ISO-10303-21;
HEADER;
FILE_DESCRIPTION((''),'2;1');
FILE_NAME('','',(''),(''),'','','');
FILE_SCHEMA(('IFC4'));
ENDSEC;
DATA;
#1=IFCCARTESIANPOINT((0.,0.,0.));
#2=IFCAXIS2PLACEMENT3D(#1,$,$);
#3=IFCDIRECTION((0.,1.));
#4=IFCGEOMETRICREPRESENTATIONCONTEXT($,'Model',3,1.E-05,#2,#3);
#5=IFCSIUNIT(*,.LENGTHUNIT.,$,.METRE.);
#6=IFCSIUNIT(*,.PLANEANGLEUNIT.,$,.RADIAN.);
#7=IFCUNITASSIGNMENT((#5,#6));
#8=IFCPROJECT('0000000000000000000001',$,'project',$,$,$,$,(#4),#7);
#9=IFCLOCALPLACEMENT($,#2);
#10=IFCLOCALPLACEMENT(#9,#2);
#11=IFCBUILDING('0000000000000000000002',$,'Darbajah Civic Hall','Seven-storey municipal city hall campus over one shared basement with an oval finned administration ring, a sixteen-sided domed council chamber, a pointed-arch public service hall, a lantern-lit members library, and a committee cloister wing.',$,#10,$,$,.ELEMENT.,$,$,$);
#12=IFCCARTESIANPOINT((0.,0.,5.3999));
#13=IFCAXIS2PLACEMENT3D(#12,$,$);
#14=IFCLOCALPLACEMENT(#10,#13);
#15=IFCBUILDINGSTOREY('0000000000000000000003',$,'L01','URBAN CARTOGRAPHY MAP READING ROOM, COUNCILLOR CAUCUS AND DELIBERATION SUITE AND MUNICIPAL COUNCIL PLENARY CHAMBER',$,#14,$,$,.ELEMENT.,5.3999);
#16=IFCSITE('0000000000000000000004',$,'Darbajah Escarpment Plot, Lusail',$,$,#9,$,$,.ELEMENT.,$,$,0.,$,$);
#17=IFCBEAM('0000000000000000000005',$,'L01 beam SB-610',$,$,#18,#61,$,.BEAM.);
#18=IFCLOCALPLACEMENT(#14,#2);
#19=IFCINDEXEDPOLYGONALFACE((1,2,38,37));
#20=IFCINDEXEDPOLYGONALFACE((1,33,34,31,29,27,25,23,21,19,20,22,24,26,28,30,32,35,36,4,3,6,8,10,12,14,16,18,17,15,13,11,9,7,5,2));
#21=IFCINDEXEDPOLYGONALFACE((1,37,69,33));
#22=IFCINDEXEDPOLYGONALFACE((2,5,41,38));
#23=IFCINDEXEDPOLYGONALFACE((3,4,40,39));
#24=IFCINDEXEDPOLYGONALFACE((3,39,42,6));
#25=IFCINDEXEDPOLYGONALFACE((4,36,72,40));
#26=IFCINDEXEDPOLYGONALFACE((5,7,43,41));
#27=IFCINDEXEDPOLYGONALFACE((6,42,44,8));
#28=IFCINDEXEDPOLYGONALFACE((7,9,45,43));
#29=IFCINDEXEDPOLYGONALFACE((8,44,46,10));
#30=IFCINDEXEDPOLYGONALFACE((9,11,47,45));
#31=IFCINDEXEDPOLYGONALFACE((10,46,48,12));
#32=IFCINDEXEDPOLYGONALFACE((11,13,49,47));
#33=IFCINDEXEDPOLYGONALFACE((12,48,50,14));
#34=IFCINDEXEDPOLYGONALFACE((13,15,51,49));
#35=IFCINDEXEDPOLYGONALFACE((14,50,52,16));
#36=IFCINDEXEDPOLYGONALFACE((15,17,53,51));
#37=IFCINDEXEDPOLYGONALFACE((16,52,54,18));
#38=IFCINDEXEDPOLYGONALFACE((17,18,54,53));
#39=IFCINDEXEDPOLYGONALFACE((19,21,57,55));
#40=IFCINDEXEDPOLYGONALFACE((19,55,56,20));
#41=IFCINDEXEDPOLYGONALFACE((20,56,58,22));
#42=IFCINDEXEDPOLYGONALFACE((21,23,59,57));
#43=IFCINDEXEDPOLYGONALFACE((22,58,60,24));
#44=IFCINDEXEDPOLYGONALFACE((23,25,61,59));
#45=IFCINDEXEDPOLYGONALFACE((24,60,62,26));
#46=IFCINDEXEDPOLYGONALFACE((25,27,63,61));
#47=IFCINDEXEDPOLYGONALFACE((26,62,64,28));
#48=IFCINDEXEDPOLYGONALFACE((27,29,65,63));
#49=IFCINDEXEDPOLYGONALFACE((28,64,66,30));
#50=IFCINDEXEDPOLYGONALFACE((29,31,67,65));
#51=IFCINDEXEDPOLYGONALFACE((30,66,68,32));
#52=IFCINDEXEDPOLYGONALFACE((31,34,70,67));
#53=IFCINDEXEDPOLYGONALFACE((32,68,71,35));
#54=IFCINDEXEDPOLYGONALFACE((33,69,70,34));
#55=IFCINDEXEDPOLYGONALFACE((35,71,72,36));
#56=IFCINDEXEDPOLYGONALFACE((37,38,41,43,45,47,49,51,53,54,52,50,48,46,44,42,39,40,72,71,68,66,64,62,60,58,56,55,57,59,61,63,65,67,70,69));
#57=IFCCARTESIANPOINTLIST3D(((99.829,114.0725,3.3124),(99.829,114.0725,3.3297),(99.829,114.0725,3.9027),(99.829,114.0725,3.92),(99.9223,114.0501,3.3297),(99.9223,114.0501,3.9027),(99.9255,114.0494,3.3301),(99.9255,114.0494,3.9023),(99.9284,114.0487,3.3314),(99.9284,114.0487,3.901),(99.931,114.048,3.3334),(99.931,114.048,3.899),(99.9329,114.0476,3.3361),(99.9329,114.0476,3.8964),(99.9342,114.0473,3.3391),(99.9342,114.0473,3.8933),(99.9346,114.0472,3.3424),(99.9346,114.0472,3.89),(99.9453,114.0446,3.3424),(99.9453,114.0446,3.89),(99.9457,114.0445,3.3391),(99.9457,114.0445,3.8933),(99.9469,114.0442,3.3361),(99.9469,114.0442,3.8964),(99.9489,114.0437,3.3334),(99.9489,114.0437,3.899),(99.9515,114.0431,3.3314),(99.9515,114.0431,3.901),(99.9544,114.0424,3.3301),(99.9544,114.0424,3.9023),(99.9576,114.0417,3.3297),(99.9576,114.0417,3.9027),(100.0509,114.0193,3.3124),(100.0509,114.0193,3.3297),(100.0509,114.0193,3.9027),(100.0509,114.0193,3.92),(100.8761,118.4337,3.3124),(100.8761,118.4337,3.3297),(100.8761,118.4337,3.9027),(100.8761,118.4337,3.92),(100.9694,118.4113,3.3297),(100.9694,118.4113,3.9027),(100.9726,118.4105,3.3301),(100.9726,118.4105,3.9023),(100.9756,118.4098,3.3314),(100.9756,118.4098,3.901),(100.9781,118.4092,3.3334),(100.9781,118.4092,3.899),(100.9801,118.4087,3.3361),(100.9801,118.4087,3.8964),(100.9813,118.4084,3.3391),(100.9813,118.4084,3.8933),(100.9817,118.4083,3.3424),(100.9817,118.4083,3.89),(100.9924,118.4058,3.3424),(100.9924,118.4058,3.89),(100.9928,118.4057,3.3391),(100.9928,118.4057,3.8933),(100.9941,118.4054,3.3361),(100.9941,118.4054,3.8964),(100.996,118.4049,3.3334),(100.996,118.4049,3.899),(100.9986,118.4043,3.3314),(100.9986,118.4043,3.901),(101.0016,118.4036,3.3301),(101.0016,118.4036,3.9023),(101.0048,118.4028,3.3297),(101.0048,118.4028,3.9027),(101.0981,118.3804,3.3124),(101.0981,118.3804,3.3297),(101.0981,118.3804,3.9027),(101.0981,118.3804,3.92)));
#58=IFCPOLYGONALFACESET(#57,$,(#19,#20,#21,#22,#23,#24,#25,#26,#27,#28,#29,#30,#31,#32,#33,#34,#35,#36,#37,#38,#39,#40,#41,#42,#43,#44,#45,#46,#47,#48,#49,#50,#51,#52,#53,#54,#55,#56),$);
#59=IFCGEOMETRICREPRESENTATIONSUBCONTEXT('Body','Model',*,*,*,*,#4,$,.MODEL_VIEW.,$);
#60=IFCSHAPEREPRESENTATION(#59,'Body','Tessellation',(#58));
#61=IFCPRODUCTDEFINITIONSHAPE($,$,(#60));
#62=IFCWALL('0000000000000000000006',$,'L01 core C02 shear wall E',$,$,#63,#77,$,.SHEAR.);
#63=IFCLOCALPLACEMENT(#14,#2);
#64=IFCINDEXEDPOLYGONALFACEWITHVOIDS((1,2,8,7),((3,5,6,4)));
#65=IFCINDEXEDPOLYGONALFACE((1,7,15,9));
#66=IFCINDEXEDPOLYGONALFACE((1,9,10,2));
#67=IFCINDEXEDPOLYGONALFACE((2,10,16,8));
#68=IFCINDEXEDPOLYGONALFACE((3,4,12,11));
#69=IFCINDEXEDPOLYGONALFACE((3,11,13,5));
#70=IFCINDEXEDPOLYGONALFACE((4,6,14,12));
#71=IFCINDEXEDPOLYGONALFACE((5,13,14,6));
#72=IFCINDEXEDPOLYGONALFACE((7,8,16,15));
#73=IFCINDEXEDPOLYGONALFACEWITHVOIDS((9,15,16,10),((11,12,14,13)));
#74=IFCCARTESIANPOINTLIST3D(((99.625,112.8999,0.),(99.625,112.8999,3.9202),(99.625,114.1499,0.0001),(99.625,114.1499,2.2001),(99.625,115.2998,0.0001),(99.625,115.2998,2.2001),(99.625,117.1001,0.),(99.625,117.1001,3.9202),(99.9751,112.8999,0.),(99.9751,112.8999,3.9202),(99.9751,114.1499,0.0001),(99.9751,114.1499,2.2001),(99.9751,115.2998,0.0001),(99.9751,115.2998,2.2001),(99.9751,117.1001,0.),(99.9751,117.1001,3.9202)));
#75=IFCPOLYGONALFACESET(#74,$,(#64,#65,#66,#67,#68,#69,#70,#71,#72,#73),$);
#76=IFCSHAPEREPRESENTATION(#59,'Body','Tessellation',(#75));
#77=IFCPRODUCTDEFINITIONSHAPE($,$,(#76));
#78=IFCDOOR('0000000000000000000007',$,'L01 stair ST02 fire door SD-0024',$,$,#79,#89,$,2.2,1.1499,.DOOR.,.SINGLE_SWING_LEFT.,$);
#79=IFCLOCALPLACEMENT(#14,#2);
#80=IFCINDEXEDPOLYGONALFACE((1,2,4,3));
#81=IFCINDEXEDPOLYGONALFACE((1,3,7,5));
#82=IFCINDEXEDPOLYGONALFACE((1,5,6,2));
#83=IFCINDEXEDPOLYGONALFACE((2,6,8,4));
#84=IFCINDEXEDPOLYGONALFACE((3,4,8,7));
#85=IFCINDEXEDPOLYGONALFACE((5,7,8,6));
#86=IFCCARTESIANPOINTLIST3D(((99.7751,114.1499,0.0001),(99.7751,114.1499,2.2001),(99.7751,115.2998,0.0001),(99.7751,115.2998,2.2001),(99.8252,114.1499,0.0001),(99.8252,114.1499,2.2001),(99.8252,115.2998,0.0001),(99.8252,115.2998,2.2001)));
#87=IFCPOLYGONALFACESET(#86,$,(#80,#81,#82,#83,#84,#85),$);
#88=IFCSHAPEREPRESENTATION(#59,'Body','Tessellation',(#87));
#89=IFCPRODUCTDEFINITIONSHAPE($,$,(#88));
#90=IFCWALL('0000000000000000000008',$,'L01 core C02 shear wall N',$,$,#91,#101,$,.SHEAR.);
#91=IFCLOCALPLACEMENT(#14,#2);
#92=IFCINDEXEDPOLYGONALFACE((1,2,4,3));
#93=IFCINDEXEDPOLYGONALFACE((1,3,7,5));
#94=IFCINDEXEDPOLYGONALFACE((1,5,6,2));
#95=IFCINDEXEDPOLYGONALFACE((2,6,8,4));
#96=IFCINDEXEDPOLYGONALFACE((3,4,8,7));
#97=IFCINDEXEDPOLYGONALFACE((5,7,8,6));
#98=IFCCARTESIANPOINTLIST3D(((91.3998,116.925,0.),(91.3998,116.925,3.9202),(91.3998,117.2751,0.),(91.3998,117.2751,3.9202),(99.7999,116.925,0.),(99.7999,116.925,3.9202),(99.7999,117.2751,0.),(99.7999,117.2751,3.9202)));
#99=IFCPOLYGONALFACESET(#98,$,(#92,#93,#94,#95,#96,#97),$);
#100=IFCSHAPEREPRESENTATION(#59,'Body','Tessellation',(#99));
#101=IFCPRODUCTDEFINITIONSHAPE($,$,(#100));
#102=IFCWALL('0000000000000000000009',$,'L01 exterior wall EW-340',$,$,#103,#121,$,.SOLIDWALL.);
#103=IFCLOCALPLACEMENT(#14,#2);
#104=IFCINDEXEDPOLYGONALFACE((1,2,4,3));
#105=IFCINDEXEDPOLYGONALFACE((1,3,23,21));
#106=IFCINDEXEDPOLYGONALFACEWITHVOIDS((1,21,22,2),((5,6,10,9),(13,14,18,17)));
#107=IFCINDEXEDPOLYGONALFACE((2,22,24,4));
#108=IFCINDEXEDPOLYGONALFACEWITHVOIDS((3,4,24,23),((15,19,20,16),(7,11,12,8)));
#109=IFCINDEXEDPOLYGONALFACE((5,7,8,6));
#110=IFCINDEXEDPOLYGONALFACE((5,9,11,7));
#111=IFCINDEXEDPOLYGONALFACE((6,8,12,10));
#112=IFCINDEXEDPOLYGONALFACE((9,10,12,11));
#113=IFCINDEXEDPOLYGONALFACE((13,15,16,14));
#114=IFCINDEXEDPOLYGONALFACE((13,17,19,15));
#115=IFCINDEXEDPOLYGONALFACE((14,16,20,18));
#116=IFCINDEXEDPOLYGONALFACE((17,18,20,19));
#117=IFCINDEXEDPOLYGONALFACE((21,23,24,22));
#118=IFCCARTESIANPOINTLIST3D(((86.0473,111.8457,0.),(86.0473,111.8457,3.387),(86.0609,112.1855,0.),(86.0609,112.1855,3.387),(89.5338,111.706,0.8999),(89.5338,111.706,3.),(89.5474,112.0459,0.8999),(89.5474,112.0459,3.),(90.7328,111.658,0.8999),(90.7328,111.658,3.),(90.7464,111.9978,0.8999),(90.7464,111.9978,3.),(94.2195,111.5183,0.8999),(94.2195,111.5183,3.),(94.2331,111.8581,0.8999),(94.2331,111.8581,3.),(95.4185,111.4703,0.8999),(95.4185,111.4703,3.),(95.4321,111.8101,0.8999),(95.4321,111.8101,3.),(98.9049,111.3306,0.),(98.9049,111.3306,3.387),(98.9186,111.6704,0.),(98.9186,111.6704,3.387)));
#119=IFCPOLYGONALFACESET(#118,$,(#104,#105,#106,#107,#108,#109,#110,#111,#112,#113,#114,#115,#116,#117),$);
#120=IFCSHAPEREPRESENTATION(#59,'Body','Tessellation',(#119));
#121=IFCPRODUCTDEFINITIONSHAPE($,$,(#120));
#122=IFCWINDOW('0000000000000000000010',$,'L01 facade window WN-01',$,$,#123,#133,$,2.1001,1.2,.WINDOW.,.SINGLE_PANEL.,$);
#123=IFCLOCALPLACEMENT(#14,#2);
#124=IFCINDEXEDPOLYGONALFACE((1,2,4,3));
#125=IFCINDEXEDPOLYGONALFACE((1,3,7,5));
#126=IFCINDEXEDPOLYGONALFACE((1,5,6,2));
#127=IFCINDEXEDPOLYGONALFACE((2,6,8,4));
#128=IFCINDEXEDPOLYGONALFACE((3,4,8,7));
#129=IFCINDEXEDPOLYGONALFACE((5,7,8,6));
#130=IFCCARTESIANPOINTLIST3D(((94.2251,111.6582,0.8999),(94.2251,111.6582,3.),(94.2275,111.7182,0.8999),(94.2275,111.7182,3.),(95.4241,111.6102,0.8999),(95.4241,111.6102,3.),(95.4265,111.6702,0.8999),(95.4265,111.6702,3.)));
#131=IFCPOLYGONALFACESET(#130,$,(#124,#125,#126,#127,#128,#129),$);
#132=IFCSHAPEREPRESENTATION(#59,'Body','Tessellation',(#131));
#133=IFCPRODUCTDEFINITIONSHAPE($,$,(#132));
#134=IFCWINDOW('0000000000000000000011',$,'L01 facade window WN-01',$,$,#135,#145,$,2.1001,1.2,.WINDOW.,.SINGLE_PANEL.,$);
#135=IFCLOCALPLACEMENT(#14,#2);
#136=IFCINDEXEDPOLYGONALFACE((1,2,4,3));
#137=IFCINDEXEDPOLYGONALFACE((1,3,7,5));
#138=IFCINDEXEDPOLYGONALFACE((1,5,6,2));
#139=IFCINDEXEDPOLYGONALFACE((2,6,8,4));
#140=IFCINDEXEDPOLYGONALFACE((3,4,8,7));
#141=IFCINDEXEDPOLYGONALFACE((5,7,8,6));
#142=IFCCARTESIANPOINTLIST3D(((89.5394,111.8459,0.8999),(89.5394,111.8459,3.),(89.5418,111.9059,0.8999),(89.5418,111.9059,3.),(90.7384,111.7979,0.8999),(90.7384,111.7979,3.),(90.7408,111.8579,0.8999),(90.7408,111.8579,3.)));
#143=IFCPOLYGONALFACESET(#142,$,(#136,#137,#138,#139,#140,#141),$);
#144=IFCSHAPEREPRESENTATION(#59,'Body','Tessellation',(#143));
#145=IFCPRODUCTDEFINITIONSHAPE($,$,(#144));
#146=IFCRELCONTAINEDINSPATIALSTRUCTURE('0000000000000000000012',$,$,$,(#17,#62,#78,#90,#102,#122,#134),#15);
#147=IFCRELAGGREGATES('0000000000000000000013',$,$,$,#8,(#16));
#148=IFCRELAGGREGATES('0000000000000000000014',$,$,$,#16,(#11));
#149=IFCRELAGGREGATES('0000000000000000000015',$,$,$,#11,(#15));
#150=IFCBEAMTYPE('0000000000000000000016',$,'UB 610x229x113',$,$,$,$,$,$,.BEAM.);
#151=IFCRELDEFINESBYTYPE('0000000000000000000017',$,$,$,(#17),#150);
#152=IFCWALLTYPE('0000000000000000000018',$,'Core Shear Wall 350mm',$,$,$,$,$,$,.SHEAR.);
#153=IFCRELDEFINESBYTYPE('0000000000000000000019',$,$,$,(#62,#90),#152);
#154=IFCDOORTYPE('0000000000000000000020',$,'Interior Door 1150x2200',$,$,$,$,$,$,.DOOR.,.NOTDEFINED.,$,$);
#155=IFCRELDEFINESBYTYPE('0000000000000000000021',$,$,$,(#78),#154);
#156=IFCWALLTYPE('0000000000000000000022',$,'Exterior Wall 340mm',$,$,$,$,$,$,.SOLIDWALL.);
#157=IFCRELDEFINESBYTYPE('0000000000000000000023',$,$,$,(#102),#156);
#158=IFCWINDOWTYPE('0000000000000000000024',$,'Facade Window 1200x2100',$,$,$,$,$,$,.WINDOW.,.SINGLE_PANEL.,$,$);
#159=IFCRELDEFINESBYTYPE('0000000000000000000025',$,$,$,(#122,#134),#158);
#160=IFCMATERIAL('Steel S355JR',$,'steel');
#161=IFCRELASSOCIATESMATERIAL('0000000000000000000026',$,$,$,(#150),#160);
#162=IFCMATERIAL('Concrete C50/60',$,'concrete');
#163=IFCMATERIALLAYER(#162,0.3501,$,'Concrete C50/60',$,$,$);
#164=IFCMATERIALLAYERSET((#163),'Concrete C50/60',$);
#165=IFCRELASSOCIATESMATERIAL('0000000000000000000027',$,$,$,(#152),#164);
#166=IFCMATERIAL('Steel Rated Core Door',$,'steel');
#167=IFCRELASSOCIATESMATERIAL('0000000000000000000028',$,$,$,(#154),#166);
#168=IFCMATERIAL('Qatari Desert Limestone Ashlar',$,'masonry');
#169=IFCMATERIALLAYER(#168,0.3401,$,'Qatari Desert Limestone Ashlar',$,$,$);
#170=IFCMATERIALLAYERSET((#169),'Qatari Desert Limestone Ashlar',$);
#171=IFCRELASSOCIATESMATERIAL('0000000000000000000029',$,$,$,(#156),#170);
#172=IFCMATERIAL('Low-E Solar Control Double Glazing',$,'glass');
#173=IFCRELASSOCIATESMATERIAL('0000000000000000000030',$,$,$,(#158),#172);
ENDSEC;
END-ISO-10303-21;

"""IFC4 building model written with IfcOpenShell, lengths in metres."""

from ifc_helpers import new_model, si_unit, direction, frame, frame_2d, origin, origin_2d, place, context, subcontext, project, spatial, rectangle, i_section, extrude, material, layer, layer_set, material_profile, profile_set, type_object, element, fill, save


model = new_model("IFC4")

# Units and contexts
model_context = context("Model", 3, precision=1e-05, world=origin(), true_north=direction((0.0, 1.0)))
body_context = subcontext(model_context, "Body", "Model", "MODEL_VIEW")
ifc_project = project(units=[si_unit("LENGTHUNIT", "METRE"), si_unit("PLANEANGLEUNIT", "RADIAN")], contexts=[model_context])

# Site, building, storey
site_placement = place(None, origin())
site = spatial("IfcSite", under=ifc_project, at=site_placement, Name="Darbajah Escarpment Plot, Lusail", CompositionType="ELEMENT", RefElevation=0.0)
building_placement = place(site_placement, origin())
building = spatial("IfcBuilding", under=site, at=building_placement, Name="Darbajah Civic Hall", Description="Seven-storey municipal city hall campus over one shared basement with an oval finned administration ring, a sixteen-sided domed council chamber, a pointed-arch public service hall, a lantern-lit members library, and a committee cloister wing.", CompositionType="ELEMENT")
storey_placement = place(building_placement, frame((0.0, 0.0, 5.3999)))
storey = spatial("IfcBuildingStorey", under=building, at=storey_placement, Name="L01", Description="URBAN CARTOGRAPHY MAP READING ROOM, COUNCILLOR CAUCUS AND DELIBERATION SUITE AND MUNICIPAL COUNCIL PLENARY CHAMBER", CompositionType="ELEMENT", Elevation=5.3999)

# Shared definitions
ifc_material_1 = material(Name="Concrete C50/60", Category="concrete")

# Beam
ifc_material_2 = material(Name="Steel S355JR", Category="steel")
ifc_material_profile_1 = material_profile(ifc_material_2, i_section(OverallWidth=0.2283, OverallDepth=0.6077, WebThickness=0.011, FlangeThickness=0.0173, FilletRadius=0.0127, at=origin_2d()), Name="UB 610x229x113")
ifc_profile_set_1 = profile_set([ifc_material_profile_1], Name="Steel S355JR")
beam_type_1 = type_object("IfcBeamType", Name="UB 610x229x113", PredefinedType="BEAM", material=ifc_profile_set_1)
beam_1_placement = place(storey_placement, frame((99.9399, 114.0459, 3.6162), z_axis=(0.23347, 0.972364, 0.0), x_axis=(-0.972364, 0.23347, 0.0)))
element("IfcBeam", 1, at=beam_1_placement, inside=storey, type_object=beam_type_1, Name="L01 beam SB-610", PredefinedType="BEAM", context=body_context, shape_type="SweptSolid", body=[
    extrude(i_section(OverallWidth=0.2283, OverallDepth=0.6077, WebThickness=0.011, FlangeThickness=0.0173, FilletRadius=0.0127, at=origin_2d()), origin(), (0.0, 0.0, 1.0), 4.4851),
])

# Wall, opening, door
ifc_layer_1 = layer(ifc_material_1, 0.3501, Name="Concrete C50/60")
ifc_layer_set_1 = layer_set([ifc_layer_1], Name="Concrete C50/60")
wall_type_1 = type_object("IfcWallType", Name="Core Shear Wall 350mm", PredefinedType="SHEAR", material=ifc_layer_set_1)
wall_1_placement = place(storey_placement, frame((99.8, 112.8999, 0.0), z_axis=(0.0, 0.0, 1.0), x_axis=(0.0, 1.0, 0.0)))
wall_1 = element("IfcWall", 2, at=wall_1_placement, inside=storey, type_object=wall_type_1, Name="L01 core C02 shear wall E", PredefinedType="SHEAR", context=body_context, shape_type="SweptSolid", body=[
    extrude(rectangle(XDim=4.2002, YDim=0.3501, at=frame_2d((2.1001, 0.0))), origin(), (0.0, 0.0, 1.0), 3.9202),
])
opening_1_placement = place(wall_1_placement, frame((1.25, 0.0, 0.0)))
opening_1 = element("IfcOpeningElement", 3, at=opening_1_placement, cuts=wall_1, PredefinedType="OPENING", context=body_context, shape_type="SweptSolid", body=[
    extrude(rectangle(XDim=1.1499, YDim=2.2, at=frame_2d((0.575, 1.1001))), frame((0.0, 0.1851, 0.0), z_axis=(0.0, -1.0, 0.0), x_axis=(1.0, 0.0, 0.0)), (0.0, 0.0, 1.0), 0.3701),
])
ifc_material_3 = material(Name="Steel Rated Core Door", Category="steel")
door_type_1 = type_object("IfcDoorType", Name="Interior Door 1150x2200", OperationType="NOTDEFINED", PredefinedType="DOOR", material=ifc_material_3)
door_1_placement = place(opening_1_placement, origin())
door_1 = element("IfcDoor", 4, at=door_1_placement, inside=storey, type_object=door_type_1, Name="L01 stair ST02 fire door SD-0024", OperationType="SINGLE_SWING_LEFT", OverallHeight=2.2, OverallWidth=1.1499, PredefinedType="DOOR", context=body_context, shape_type="SweptSolid", body=[
    extrude(rectangle(XDim=1.1499, YDim=2.2, at=frame_2d((0.575, 1.1001))), frame((0.0, 0.0249, 0.0), z_axis=(0.0, -1.0, 0.0), x_axis=(1.0, 0.0, 0.0)), (0.0, 0.0, 1.0), 0.05),
])
fill(opening_1, door_1)

# Wall
wall_2_placement = place(storey_placement, frame((99.8, 117.1001, 0.0), z_axis=(0.0, 0.0, 1.0), x_axis=(-1.0, 0.0, 0.0)))
element("IfcWall", 5, at=wall_2_placement, inside=storey, type_object=wall_type_1, Name="L01 core C02 shear wall N", PredefinedType="SHEAR", context=body_context, shape_type="SweptSolid", body=[
    extrude(rectangle(XDim=8.4001, YDim=0.3501, at=frame_2d((4.2002, 0.0))), origin(), (0.0, 0.0, 1.0), 3.9202),
])

# Wall, openings, windows
ifc_material_4 = material(Name="Qatari Desert Limestone Ashlar", Category="masonry")
ifc_layer_2 = layer(ifc_material_4, 0.3401, Name="Qatari Desert Limestone Ashlar")
ifc_layer_set_2 = layer_set([ifc_layer_2], Name="Qatari Desert Limestone Ashlar")
wall_type_2 = type_object("IfcWallType", Name="Exterior Wall 340mm", PredefinedType="SOLIDWALL", material=ifc_layer_set_2)
wall_3_placement = place(storey_placement, frame((98.9119, 111.5005, 0.0), z_axis=(0.0, 0.0, 1.0), x_axis=(-0.999198, 0.040032, 0.0)))
wall_3 = element("IfcWall", 6, at=wall_3_placement, inside=storey, type_object=wall_type_2, Name="L01 exterior wall EW-340", PredefinedType="SOLIDWALL", context=body_context, shape_type="SweptSolid", body=[
    extrude(rectangle(XDim=12.8679, YDim=0.3401, at=frame_2d((6.4341, 0.0))), origin(), (0.0, 0.0, 1.0), 3.387),
])
opening_2_placement = place(wall_3_placement, frame((3.4893, 0.0, 0.8999)))
opening_2 = element("IfcOpeningElement", 7, at=opening_2_placement, cuts=wall_3, PredefinedType="OPENING", context=body_context, shape_type="SweptSolid", body=[
    extrude(rectangle(XDim=1.2, YDim=2.1001, at=frame_2d((0.6001, 1.05))), frame((0.0, 0.1799, 0.0), z_axis=(0.0, -1.0, 0.0), x_axis=(1.0, 0.0, 0.0)), (0.0, 0.0, 1.0), 0.3601),
])
opening_3_placement = place(wall_3_placement, frame((8.1787, 0.0, 0.8999)))
opening_3 = element("IfcOpeningElement", 8, at=opening_3_placement, cuts=wall_3, PredefinedType="OPENING", context=body_context, shape_type="SweptSolid", body=[
    extrude(rectangle(XDim=1.2, YDim=2.1001, at=frame_2d((0.6001, 1.05))), frame((0.0, 0.1799, 0.0), z_axis=(0.0, -1.0, 0.0), x_axis=(1.0, 0.0, 0.0)), (0.0, 0.0, 1.0), 0.3601),
])
ifc_material_5 = material(Name="Low-E Solar Control Double Glazing", Category="glass")
window_type = type_object("IfcWindowType", Name="Facade Window 1200x2100", PartitioningType="SINGLE_PANEL", PredefinedType="WINDOW", material=ifc_material_5)
window_1_placement = place(opening_2_placement, origin())
window_1 = element("IfcWindow", 9, at=window_1_placement, inside=storey, type_object=window_type, Name="L01 facade window WN-01", OverallHeight=2.1001, OverallWidth=1.2, PartitioningType="SINGLE_PANEL", PredefinedType="WINDOW", context=body_context, shape_type="SweptSolid", body=[
    extrude(rectangle(XDim=1.2, YDim=2.1001, at=frame_2d((0.6001, 1.05))), frame((0.0, 0.03, 0.0), z_axis=(0.0, -1.0, 0.0), x_axis=(1.0, 0.0, 0.0)), (0.0, 0.0, 1.0), 0.0601),
])
fill(opening_2, window_1)
window_2_placement = place(opening_3_placement, origin())
window_2 = element("IfcWindow", 10, at=window_2_placement, inside=storey, type_object=window_type, Name="L01 facade window WN-01", OverallHeight=2.1001, OverallWidth=1.2, PartitioningType="SINGLE_PANEL", PredefinedType="WINDOW", context=body_context, shape_type="SweptSolid", body=[
    extrude(rectangle(XDim=1.2, YDim=2.1001, at=frame_2d((0.6001, 1.05))), frame((0.0, 0.03, 0.0), z_axis=(0.0, -1.0, 0.0), x_axis=(1.0, 0.0, 0.0)), (0.0, 0.0, 1.0), 0.0601),
])
fill(opening_3, window_2)

save(model, "model.ifc")
